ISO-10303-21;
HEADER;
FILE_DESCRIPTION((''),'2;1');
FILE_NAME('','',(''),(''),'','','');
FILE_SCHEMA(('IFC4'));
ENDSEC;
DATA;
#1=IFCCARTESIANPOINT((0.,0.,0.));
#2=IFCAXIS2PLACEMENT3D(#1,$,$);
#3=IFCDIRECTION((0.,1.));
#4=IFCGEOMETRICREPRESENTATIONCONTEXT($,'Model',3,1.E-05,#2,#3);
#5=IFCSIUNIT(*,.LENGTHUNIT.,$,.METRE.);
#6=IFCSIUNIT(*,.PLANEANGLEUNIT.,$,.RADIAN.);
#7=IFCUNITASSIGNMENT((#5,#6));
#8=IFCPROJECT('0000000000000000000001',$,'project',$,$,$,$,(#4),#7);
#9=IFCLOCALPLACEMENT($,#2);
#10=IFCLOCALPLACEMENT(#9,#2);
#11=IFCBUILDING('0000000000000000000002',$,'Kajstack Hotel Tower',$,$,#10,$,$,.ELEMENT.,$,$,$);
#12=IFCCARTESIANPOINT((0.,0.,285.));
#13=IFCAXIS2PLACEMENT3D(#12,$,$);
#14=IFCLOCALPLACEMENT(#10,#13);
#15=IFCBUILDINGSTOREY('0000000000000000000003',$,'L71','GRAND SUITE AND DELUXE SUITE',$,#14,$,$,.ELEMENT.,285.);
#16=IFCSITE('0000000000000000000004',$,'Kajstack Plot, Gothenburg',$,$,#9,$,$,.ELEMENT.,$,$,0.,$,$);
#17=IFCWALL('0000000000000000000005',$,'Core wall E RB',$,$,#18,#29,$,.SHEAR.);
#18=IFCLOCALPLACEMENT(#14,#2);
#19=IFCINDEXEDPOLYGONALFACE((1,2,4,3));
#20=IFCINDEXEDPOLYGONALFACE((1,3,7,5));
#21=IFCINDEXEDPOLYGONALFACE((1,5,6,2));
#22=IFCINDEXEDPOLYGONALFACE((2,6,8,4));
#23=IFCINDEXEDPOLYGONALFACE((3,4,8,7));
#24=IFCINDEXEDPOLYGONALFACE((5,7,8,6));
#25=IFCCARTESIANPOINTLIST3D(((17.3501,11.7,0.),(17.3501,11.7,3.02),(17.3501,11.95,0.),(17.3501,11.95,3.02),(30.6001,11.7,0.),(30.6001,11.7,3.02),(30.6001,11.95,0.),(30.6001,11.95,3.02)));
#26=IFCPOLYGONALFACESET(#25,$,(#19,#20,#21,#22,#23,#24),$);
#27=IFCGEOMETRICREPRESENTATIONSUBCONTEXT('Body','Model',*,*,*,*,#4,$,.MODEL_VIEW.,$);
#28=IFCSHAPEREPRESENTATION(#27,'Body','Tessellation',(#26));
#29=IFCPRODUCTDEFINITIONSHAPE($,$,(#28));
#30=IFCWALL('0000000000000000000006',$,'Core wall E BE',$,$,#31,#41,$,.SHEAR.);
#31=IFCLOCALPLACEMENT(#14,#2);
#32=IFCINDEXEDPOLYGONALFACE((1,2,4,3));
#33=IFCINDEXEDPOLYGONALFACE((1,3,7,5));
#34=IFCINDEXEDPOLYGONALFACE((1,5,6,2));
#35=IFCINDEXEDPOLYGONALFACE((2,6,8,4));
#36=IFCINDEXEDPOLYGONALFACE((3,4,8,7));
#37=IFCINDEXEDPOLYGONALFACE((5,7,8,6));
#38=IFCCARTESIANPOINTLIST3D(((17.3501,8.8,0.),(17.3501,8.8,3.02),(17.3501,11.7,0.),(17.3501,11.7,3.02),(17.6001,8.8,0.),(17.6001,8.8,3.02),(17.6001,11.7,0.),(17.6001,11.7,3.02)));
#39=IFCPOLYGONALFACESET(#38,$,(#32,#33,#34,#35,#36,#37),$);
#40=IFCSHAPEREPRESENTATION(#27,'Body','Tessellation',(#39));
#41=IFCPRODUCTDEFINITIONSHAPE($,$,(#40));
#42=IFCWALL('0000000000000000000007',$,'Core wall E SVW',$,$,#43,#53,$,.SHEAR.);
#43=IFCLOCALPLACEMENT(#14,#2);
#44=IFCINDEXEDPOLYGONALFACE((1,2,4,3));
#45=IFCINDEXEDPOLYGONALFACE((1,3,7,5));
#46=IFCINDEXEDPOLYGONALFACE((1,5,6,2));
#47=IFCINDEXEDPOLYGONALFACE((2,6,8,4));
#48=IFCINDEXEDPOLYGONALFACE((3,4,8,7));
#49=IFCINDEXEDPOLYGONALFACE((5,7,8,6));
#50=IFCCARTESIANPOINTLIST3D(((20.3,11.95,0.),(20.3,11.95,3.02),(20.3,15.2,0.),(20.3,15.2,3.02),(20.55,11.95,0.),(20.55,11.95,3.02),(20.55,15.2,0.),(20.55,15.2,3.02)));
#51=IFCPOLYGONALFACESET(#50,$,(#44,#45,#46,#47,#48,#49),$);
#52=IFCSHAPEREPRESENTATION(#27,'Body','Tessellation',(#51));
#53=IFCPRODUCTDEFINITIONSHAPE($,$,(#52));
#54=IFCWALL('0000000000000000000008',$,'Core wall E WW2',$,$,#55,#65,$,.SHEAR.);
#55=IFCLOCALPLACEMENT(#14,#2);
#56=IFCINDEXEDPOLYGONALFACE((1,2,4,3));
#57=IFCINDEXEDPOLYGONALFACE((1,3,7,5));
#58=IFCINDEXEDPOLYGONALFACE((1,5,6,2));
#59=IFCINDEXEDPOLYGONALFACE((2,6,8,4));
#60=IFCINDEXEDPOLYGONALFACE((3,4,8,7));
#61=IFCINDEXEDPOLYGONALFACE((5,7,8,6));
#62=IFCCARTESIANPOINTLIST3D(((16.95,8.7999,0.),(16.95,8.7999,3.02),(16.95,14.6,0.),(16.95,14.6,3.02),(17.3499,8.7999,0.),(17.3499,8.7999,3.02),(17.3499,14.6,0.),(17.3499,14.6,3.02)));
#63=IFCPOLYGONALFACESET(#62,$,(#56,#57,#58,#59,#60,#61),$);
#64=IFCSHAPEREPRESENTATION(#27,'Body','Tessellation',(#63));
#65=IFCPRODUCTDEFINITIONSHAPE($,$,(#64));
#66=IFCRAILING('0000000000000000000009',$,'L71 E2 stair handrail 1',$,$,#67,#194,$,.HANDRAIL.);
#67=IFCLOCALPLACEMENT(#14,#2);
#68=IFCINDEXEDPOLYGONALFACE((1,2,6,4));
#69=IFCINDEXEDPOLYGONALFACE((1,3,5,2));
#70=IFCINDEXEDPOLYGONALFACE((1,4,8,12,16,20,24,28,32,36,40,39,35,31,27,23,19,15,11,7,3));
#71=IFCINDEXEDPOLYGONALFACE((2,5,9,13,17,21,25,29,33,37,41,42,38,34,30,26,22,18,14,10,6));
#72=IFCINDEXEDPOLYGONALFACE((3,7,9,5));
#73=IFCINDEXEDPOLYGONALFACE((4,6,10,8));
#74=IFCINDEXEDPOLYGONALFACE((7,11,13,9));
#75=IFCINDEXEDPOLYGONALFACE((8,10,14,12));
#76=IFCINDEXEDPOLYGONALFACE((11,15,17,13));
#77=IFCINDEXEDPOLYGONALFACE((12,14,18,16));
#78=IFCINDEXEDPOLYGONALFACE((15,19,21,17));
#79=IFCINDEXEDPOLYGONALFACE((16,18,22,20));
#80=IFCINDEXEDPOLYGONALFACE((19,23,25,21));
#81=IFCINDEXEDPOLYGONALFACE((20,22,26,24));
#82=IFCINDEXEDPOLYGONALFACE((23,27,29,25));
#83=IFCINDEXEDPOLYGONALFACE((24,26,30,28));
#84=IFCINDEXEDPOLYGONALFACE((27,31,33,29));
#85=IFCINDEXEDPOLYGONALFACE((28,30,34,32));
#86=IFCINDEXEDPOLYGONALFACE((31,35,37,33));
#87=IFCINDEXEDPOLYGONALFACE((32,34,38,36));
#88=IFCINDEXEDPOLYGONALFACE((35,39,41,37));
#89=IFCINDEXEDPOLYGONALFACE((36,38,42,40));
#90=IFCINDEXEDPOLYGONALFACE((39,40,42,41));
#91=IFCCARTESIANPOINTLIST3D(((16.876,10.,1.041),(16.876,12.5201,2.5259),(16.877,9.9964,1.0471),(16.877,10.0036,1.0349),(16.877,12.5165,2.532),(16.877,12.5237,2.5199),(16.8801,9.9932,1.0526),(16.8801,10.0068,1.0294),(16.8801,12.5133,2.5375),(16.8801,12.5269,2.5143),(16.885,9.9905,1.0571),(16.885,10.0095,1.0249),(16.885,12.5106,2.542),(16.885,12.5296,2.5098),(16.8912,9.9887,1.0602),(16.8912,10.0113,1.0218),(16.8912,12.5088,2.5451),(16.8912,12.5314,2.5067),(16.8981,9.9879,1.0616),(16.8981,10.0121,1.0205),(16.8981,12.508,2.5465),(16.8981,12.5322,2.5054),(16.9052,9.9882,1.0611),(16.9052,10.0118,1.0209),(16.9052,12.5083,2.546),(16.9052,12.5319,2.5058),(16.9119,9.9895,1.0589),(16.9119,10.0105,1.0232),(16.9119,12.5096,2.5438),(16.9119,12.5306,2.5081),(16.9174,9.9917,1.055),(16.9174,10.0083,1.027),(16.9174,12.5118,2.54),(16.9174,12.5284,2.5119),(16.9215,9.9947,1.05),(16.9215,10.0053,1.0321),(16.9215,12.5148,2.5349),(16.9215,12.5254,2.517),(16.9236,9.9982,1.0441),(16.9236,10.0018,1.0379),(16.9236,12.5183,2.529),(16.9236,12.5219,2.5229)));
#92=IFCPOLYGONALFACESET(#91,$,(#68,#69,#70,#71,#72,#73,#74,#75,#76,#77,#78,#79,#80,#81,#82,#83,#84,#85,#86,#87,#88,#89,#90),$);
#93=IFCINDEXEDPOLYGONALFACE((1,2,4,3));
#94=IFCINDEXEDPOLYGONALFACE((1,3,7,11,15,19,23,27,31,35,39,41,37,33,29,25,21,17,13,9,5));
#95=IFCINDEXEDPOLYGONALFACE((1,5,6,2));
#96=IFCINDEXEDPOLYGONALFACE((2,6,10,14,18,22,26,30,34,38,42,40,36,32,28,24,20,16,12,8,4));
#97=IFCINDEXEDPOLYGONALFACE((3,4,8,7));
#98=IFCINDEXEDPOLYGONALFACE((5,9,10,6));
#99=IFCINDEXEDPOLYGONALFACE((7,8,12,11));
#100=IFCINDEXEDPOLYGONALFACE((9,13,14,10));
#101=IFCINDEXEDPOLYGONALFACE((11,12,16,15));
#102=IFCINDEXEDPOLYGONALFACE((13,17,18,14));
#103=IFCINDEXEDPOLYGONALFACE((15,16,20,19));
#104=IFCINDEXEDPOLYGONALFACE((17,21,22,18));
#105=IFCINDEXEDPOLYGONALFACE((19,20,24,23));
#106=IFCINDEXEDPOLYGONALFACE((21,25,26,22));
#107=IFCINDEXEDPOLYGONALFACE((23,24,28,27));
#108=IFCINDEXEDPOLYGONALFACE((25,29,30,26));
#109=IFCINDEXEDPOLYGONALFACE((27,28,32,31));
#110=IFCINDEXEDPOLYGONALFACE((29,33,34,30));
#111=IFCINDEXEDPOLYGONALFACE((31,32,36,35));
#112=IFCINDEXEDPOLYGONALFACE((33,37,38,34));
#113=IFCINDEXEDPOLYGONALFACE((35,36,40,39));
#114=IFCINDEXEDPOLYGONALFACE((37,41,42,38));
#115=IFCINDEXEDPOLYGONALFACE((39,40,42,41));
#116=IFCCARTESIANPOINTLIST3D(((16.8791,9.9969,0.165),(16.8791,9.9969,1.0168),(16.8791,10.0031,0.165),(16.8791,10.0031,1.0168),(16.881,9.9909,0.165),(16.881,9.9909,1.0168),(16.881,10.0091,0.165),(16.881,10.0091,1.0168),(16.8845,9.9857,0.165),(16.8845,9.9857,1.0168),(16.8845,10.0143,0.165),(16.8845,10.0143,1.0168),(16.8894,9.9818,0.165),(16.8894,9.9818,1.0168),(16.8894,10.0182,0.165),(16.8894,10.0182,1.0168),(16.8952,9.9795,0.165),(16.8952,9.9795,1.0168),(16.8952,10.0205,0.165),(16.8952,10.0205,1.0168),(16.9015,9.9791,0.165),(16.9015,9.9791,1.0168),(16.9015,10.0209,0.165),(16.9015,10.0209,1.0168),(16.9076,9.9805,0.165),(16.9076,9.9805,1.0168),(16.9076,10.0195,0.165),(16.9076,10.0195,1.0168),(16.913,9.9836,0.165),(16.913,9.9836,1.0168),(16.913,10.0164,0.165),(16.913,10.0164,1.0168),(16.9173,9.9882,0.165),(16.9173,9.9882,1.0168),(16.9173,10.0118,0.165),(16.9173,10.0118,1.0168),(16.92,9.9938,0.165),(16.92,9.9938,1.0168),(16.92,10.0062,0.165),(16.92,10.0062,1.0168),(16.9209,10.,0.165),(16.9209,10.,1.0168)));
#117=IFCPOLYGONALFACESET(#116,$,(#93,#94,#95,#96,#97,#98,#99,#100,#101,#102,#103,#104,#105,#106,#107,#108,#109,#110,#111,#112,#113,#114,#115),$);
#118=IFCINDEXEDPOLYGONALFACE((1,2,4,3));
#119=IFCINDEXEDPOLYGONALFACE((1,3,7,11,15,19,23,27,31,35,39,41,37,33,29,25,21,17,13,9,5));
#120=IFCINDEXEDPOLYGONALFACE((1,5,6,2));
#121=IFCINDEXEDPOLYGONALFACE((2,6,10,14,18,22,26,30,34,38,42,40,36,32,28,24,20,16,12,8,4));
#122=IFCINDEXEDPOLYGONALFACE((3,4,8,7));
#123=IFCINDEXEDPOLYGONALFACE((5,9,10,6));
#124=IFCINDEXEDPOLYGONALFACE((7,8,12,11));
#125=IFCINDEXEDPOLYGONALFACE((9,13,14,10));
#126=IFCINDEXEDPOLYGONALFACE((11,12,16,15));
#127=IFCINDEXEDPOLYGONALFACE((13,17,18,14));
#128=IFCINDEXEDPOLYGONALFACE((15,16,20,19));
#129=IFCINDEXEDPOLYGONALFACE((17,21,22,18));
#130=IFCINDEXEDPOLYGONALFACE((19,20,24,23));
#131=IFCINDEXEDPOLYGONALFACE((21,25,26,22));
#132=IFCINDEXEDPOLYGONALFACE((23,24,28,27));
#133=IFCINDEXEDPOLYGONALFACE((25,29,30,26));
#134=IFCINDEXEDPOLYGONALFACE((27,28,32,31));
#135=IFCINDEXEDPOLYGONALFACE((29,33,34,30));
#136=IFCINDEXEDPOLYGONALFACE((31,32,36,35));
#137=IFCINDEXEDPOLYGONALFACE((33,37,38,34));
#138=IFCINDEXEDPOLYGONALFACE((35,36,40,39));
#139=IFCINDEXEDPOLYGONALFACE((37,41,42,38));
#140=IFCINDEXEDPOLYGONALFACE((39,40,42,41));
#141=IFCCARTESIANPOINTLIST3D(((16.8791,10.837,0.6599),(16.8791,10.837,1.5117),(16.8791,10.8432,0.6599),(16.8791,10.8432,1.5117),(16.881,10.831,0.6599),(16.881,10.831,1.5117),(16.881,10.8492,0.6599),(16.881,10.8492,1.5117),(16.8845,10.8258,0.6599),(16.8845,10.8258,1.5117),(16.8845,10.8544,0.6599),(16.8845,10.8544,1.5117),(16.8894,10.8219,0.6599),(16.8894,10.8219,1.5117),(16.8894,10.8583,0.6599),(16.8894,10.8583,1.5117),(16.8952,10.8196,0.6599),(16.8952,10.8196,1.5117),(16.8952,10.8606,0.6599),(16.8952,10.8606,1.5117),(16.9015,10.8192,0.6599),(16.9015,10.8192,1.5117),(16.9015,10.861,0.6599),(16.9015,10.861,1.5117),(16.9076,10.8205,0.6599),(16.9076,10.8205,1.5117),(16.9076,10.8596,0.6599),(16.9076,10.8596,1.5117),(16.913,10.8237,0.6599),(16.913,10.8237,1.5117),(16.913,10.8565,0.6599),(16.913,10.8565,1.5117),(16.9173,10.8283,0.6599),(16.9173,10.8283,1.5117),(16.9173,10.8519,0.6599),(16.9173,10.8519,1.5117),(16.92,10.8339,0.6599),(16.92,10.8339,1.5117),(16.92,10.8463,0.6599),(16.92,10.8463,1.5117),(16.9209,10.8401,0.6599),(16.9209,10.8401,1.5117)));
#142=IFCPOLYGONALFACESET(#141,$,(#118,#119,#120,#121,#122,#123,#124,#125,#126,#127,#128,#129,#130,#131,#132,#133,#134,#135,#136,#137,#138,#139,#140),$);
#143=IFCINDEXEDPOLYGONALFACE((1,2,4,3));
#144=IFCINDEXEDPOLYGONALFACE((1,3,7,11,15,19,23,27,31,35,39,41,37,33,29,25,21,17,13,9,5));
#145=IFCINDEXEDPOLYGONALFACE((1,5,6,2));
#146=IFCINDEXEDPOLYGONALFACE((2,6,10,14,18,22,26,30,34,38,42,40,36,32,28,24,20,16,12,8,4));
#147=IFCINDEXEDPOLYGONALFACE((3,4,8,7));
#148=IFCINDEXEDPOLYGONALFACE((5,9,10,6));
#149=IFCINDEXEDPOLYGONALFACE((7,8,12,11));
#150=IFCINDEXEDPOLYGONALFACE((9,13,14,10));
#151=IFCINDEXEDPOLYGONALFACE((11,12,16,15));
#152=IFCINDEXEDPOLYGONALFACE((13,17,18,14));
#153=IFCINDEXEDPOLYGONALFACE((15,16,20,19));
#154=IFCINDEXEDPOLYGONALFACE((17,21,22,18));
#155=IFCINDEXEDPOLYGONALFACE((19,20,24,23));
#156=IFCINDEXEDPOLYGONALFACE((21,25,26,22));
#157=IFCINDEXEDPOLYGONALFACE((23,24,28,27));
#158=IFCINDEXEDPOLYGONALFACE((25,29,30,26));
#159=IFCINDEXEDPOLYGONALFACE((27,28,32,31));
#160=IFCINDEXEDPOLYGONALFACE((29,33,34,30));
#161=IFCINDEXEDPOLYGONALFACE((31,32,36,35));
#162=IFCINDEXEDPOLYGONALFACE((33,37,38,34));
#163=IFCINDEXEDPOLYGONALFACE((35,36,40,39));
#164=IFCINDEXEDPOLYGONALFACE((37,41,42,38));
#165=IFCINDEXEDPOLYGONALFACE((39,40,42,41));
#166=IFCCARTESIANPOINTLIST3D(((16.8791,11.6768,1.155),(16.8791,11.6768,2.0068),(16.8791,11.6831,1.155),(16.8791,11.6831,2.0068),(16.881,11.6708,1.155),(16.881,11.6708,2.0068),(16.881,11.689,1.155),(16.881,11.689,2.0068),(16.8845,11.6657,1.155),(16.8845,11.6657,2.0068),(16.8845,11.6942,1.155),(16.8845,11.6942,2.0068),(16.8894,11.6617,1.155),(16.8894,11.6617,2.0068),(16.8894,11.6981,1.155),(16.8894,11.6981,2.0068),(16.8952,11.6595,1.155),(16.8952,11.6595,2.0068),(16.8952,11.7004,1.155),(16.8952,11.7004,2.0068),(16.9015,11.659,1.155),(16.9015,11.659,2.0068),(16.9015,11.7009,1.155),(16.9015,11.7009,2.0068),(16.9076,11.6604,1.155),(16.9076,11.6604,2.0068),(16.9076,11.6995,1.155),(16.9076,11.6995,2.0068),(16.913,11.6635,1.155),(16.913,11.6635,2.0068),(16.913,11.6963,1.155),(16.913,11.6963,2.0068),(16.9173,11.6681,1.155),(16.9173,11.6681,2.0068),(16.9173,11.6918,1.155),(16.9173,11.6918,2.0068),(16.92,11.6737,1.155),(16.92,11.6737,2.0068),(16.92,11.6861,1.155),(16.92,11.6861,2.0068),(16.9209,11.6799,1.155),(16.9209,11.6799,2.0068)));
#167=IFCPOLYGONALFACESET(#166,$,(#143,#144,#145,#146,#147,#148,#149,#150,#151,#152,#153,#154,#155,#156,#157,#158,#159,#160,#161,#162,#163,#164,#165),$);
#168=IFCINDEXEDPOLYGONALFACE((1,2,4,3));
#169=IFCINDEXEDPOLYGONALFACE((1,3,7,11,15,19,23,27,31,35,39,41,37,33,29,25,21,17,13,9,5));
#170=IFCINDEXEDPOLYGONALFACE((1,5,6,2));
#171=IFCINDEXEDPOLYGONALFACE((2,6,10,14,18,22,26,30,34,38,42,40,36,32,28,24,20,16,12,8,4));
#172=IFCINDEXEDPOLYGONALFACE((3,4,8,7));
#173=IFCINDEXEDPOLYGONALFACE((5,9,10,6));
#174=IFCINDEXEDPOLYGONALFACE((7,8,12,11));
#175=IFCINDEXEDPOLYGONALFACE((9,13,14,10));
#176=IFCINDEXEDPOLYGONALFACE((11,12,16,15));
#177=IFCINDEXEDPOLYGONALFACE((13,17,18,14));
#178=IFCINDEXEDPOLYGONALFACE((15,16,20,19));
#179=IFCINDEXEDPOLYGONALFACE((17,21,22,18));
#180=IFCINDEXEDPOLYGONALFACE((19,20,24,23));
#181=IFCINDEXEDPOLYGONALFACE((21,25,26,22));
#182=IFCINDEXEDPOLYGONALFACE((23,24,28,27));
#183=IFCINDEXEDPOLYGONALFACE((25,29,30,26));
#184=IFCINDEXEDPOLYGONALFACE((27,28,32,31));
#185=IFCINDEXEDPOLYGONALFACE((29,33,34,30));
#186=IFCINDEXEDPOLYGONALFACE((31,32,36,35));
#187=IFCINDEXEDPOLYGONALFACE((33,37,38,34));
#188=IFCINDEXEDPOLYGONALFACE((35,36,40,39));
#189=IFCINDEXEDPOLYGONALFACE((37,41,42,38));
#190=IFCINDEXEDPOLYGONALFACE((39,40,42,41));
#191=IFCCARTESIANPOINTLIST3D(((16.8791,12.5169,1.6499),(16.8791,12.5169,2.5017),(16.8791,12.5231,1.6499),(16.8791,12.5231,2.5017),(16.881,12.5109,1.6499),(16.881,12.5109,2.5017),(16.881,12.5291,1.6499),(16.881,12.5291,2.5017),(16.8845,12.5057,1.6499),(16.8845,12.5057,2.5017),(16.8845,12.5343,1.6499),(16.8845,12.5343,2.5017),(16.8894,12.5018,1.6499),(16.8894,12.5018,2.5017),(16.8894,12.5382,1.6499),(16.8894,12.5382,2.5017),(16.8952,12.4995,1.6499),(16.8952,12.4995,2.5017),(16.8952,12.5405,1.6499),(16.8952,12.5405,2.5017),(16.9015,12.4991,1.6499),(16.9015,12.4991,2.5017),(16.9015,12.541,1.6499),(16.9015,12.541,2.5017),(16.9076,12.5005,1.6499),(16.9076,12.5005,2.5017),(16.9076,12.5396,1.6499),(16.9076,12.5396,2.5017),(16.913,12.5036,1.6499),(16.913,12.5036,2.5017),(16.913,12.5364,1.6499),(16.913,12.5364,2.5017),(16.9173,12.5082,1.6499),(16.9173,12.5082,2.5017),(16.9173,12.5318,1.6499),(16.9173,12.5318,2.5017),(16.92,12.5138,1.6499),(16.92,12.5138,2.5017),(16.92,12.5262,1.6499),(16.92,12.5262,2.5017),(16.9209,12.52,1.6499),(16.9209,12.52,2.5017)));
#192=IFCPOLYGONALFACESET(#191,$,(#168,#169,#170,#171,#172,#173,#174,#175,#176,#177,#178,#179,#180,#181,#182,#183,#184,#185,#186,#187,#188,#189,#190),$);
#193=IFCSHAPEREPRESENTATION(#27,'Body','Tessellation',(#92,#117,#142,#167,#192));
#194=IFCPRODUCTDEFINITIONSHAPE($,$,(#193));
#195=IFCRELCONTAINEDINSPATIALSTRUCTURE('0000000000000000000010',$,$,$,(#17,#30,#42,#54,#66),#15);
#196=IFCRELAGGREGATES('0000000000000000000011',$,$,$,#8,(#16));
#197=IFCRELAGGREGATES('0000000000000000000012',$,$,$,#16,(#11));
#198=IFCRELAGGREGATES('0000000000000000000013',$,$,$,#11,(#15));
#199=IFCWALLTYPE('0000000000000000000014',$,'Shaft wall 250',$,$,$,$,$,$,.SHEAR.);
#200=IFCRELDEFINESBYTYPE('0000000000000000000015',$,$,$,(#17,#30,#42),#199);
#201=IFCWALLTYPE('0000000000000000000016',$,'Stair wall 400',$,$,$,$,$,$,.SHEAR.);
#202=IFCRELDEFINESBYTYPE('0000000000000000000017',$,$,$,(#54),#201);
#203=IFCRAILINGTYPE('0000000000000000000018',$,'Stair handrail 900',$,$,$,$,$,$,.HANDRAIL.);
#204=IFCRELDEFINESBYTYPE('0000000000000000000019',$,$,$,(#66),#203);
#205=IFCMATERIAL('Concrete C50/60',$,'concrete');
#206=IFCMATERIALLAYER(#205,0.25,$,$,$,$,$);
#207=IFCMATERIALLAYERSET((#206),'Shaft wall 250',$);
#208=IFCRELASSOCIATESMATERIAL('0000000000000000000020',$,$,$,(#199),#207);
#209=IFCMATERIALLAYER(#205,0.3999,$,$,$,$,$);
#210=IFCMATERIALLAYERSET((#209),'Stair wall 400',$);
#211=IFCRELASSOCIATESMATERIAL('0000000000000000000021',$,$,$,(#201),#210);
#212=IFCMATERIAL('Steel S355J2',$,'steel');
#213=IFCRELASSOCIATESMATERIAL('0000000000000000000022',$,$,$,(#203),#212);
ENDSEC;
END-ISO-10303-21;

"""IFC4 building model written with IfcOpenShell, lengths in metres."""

from ifc_helpers import new_model, si_unit, direction, frame, frame_2d, origin, origin_2d, place, context, subcontext, project, spatial, rectangle, circle, extrude, material, layer, layer_set, type_object, element, save


model = new_model("IFC4")

# Units and contexts
model_context = context("Model", 3, precision=1e-05, world=origin(), true_north=direction((0.0, 1.0)))
body_context = subcontext(model_context, "Body", "Model", "MODEL_VIEW")
ifc_project = project(units=[si_unit("LENGTHUNIT", "METRE"), si_unit("PLANEANGLEUNIT", "RADIAN")], contexts=[model_context])

# Site, building, storey
site_placement = place(None, origin())
site = spatial("IfcSite", under=ifc_project, at=site_placement, Name="Kajstack Plot, Gothenburg", CompositionType="ELEMENT", RefElevation=0.0)
building_placement = place(site_placement, origin())
building = spatial("IfcBuilding", under=site, at=building_placement, Name="Kajstack Hotel Tower", CompositionType="ELEMENT")
storey_placement = place(building_placement, frame((0.0, 0.0, 285.0)))
storey = spatial("IfcBuildingStorey", under=building, at=storey_placement, Name="L71", Description="GRAND SUITE AND DELUXE SUITE", CompositionType="ELEMENT", Elevation=285.0)

# Shared definitions
ifc_material_1 = material(Name="Concrete C50/60", Category="concrete")
ifc_layer_1 = layer(ifc_material_1, 0.25)
ifc_layer_set_1 = layer_set([ifc_layer_1], Name="Shaft wall 250")
wall_type_1 = type_object("IfcWallType", Name="Shaft wall 250", PredefinedType="SHEAR", material=ifc_layer_set_1)

# Walls
wall_1_placement = place(storey_placement, frame((17.3501, 11.825, 0.0), z_axis=(0.0, 0.0, 1.0), x_axis=(1.0, 0.0, 0.0)))
element("IfcWall", 1, at=wall_1_placement, inside=storey, type_object=wall_type_1, Name="Core wall E RB", PredefinedType="SHEAR", context=body_context, shape_type="SweptSolid", body=[
    extrude(rectangle(XDim=13.25, YDim=0.25, at=frame_2d((6.625, 0.0))), origin(), (0.0, 0.0, 1.0), 3.02),
])
wall_2_placement = place(storey_placement, frame((17.4751, 8.8, 0.0), z_axis=(0.0, 0.0, 1.0), x_axis=(0.0, 1.0, 0.0)))
element("IfcWall", 2, at=wall_2_placement, inside=storey, type_object=wall_type_1, Name="Core wall E BE", PredefinedType="SHEAR", context=body_context, shape_type="SweptSolid", body=[
    extrude(rectangle(XDim=2.8999, YDim=0.25, at=frame_2d((1.45, 0.0))), origin(), (0.0, 0.0, 1.0), 3.02),
])
wall_3_placement = place(storey_placement, frame((20.425, 11.95, 0.0), z_axis=(0.0, 0.0, 1.0), x_axis=(0.0, 1.0, 0.0)))
element("IfcWall", 3, at=wall_3_placement, inside=storey, type_object=wall_type_1, Name="Core wall E SVW", PredefinedType="SHEAR", context=body_context, shape_type="SweptSolid", body=[
    extrude(rectangle(XDim=3.25, YDim=0.25, at=frame_2d((1.625, 0.0))), origin(), (0.0, 0.0, 1.0), 3.02),
])
ifc_layer_2 = layer(ifc_material_1, 0.3999)
ifc_layer_set_2 = layer_set([ifc_layer_2], Name="Stair wall 400")
wall_type_2 = type_object("IfcWallType", Name="Stair wall 400", PredefinedType="SHEAR", material=ifc_layer_set_2)
wall_4_placement = place(storey_placement, frame((17.1499, 8.8, 0.0), z_axis=(0.0, 0.0, 1.0), x_axis=(0.0, 1.0, 0.0)))
element("IfcWall", 4, at=wall_4_placement, inside=storey, type_object=wall_type_2, Name="Core wall E WW2", PredefinedType="SHEAR", context=body_context, shape_type="SweptSolid", body=[
    extrude(rectangle(XDim=5.8, YDim=0.3999, at=frame_2d((2.8999, 0.0))), origin(), (0.0, 0.0, 1.0), 3.02),
])

# Railing
ifc_material_2 = material(Name="Steel S355J2", Category="steel")
railing_type = type_object("IfcRailingType", Name="Stair handrail 900", PredefinedType="HANDRAIL", material=ifc_material_2)
railing_placement = place(storey_placement, frame((16.8999, 10.0, 0.165)))
element("IfcRailing", 5, at=railing_placement, inside=storey, type_object=railing_type, Name="L71 E2 stair handrail 1", PredefinedType="HANDRAIL", context=body_context, shape_type="SweptSolid", body=[
    extrude(circle(Radius=0.0239, at=origin_2d()), frame((0.0, 0.0, 0.876), z_axis=(0.0, 0.861561, 0.507655), x_axis=(-1.0, 0.0, 0.0)), (0.0, 0.0, 1.0), 2.925),
    extrude(circle(Radius=0.021, at=origin_2d()), origin(), (0.0, 0.0, 1.0), 0.8518),
    extrude(circle(Radius=0.021, at=origin_2d()), frame((0.0, 0.8401, 0.4949)), (0.0, 0.0, 1.0), 0.8518),
    extrude(circle(Radius=0.021, at=origin_2d()), frame((0.0, 1.6799, 0.99)), (0.0, 0.0, 1.0), 0.8518),
    extrude(circle(Radius=0.021, at=origin_2d()), frame((0.0, 2.52, 1.4849)), (0.0, 0.0, 1.0), 0.8518),
])

save(model, "model.ifc")
